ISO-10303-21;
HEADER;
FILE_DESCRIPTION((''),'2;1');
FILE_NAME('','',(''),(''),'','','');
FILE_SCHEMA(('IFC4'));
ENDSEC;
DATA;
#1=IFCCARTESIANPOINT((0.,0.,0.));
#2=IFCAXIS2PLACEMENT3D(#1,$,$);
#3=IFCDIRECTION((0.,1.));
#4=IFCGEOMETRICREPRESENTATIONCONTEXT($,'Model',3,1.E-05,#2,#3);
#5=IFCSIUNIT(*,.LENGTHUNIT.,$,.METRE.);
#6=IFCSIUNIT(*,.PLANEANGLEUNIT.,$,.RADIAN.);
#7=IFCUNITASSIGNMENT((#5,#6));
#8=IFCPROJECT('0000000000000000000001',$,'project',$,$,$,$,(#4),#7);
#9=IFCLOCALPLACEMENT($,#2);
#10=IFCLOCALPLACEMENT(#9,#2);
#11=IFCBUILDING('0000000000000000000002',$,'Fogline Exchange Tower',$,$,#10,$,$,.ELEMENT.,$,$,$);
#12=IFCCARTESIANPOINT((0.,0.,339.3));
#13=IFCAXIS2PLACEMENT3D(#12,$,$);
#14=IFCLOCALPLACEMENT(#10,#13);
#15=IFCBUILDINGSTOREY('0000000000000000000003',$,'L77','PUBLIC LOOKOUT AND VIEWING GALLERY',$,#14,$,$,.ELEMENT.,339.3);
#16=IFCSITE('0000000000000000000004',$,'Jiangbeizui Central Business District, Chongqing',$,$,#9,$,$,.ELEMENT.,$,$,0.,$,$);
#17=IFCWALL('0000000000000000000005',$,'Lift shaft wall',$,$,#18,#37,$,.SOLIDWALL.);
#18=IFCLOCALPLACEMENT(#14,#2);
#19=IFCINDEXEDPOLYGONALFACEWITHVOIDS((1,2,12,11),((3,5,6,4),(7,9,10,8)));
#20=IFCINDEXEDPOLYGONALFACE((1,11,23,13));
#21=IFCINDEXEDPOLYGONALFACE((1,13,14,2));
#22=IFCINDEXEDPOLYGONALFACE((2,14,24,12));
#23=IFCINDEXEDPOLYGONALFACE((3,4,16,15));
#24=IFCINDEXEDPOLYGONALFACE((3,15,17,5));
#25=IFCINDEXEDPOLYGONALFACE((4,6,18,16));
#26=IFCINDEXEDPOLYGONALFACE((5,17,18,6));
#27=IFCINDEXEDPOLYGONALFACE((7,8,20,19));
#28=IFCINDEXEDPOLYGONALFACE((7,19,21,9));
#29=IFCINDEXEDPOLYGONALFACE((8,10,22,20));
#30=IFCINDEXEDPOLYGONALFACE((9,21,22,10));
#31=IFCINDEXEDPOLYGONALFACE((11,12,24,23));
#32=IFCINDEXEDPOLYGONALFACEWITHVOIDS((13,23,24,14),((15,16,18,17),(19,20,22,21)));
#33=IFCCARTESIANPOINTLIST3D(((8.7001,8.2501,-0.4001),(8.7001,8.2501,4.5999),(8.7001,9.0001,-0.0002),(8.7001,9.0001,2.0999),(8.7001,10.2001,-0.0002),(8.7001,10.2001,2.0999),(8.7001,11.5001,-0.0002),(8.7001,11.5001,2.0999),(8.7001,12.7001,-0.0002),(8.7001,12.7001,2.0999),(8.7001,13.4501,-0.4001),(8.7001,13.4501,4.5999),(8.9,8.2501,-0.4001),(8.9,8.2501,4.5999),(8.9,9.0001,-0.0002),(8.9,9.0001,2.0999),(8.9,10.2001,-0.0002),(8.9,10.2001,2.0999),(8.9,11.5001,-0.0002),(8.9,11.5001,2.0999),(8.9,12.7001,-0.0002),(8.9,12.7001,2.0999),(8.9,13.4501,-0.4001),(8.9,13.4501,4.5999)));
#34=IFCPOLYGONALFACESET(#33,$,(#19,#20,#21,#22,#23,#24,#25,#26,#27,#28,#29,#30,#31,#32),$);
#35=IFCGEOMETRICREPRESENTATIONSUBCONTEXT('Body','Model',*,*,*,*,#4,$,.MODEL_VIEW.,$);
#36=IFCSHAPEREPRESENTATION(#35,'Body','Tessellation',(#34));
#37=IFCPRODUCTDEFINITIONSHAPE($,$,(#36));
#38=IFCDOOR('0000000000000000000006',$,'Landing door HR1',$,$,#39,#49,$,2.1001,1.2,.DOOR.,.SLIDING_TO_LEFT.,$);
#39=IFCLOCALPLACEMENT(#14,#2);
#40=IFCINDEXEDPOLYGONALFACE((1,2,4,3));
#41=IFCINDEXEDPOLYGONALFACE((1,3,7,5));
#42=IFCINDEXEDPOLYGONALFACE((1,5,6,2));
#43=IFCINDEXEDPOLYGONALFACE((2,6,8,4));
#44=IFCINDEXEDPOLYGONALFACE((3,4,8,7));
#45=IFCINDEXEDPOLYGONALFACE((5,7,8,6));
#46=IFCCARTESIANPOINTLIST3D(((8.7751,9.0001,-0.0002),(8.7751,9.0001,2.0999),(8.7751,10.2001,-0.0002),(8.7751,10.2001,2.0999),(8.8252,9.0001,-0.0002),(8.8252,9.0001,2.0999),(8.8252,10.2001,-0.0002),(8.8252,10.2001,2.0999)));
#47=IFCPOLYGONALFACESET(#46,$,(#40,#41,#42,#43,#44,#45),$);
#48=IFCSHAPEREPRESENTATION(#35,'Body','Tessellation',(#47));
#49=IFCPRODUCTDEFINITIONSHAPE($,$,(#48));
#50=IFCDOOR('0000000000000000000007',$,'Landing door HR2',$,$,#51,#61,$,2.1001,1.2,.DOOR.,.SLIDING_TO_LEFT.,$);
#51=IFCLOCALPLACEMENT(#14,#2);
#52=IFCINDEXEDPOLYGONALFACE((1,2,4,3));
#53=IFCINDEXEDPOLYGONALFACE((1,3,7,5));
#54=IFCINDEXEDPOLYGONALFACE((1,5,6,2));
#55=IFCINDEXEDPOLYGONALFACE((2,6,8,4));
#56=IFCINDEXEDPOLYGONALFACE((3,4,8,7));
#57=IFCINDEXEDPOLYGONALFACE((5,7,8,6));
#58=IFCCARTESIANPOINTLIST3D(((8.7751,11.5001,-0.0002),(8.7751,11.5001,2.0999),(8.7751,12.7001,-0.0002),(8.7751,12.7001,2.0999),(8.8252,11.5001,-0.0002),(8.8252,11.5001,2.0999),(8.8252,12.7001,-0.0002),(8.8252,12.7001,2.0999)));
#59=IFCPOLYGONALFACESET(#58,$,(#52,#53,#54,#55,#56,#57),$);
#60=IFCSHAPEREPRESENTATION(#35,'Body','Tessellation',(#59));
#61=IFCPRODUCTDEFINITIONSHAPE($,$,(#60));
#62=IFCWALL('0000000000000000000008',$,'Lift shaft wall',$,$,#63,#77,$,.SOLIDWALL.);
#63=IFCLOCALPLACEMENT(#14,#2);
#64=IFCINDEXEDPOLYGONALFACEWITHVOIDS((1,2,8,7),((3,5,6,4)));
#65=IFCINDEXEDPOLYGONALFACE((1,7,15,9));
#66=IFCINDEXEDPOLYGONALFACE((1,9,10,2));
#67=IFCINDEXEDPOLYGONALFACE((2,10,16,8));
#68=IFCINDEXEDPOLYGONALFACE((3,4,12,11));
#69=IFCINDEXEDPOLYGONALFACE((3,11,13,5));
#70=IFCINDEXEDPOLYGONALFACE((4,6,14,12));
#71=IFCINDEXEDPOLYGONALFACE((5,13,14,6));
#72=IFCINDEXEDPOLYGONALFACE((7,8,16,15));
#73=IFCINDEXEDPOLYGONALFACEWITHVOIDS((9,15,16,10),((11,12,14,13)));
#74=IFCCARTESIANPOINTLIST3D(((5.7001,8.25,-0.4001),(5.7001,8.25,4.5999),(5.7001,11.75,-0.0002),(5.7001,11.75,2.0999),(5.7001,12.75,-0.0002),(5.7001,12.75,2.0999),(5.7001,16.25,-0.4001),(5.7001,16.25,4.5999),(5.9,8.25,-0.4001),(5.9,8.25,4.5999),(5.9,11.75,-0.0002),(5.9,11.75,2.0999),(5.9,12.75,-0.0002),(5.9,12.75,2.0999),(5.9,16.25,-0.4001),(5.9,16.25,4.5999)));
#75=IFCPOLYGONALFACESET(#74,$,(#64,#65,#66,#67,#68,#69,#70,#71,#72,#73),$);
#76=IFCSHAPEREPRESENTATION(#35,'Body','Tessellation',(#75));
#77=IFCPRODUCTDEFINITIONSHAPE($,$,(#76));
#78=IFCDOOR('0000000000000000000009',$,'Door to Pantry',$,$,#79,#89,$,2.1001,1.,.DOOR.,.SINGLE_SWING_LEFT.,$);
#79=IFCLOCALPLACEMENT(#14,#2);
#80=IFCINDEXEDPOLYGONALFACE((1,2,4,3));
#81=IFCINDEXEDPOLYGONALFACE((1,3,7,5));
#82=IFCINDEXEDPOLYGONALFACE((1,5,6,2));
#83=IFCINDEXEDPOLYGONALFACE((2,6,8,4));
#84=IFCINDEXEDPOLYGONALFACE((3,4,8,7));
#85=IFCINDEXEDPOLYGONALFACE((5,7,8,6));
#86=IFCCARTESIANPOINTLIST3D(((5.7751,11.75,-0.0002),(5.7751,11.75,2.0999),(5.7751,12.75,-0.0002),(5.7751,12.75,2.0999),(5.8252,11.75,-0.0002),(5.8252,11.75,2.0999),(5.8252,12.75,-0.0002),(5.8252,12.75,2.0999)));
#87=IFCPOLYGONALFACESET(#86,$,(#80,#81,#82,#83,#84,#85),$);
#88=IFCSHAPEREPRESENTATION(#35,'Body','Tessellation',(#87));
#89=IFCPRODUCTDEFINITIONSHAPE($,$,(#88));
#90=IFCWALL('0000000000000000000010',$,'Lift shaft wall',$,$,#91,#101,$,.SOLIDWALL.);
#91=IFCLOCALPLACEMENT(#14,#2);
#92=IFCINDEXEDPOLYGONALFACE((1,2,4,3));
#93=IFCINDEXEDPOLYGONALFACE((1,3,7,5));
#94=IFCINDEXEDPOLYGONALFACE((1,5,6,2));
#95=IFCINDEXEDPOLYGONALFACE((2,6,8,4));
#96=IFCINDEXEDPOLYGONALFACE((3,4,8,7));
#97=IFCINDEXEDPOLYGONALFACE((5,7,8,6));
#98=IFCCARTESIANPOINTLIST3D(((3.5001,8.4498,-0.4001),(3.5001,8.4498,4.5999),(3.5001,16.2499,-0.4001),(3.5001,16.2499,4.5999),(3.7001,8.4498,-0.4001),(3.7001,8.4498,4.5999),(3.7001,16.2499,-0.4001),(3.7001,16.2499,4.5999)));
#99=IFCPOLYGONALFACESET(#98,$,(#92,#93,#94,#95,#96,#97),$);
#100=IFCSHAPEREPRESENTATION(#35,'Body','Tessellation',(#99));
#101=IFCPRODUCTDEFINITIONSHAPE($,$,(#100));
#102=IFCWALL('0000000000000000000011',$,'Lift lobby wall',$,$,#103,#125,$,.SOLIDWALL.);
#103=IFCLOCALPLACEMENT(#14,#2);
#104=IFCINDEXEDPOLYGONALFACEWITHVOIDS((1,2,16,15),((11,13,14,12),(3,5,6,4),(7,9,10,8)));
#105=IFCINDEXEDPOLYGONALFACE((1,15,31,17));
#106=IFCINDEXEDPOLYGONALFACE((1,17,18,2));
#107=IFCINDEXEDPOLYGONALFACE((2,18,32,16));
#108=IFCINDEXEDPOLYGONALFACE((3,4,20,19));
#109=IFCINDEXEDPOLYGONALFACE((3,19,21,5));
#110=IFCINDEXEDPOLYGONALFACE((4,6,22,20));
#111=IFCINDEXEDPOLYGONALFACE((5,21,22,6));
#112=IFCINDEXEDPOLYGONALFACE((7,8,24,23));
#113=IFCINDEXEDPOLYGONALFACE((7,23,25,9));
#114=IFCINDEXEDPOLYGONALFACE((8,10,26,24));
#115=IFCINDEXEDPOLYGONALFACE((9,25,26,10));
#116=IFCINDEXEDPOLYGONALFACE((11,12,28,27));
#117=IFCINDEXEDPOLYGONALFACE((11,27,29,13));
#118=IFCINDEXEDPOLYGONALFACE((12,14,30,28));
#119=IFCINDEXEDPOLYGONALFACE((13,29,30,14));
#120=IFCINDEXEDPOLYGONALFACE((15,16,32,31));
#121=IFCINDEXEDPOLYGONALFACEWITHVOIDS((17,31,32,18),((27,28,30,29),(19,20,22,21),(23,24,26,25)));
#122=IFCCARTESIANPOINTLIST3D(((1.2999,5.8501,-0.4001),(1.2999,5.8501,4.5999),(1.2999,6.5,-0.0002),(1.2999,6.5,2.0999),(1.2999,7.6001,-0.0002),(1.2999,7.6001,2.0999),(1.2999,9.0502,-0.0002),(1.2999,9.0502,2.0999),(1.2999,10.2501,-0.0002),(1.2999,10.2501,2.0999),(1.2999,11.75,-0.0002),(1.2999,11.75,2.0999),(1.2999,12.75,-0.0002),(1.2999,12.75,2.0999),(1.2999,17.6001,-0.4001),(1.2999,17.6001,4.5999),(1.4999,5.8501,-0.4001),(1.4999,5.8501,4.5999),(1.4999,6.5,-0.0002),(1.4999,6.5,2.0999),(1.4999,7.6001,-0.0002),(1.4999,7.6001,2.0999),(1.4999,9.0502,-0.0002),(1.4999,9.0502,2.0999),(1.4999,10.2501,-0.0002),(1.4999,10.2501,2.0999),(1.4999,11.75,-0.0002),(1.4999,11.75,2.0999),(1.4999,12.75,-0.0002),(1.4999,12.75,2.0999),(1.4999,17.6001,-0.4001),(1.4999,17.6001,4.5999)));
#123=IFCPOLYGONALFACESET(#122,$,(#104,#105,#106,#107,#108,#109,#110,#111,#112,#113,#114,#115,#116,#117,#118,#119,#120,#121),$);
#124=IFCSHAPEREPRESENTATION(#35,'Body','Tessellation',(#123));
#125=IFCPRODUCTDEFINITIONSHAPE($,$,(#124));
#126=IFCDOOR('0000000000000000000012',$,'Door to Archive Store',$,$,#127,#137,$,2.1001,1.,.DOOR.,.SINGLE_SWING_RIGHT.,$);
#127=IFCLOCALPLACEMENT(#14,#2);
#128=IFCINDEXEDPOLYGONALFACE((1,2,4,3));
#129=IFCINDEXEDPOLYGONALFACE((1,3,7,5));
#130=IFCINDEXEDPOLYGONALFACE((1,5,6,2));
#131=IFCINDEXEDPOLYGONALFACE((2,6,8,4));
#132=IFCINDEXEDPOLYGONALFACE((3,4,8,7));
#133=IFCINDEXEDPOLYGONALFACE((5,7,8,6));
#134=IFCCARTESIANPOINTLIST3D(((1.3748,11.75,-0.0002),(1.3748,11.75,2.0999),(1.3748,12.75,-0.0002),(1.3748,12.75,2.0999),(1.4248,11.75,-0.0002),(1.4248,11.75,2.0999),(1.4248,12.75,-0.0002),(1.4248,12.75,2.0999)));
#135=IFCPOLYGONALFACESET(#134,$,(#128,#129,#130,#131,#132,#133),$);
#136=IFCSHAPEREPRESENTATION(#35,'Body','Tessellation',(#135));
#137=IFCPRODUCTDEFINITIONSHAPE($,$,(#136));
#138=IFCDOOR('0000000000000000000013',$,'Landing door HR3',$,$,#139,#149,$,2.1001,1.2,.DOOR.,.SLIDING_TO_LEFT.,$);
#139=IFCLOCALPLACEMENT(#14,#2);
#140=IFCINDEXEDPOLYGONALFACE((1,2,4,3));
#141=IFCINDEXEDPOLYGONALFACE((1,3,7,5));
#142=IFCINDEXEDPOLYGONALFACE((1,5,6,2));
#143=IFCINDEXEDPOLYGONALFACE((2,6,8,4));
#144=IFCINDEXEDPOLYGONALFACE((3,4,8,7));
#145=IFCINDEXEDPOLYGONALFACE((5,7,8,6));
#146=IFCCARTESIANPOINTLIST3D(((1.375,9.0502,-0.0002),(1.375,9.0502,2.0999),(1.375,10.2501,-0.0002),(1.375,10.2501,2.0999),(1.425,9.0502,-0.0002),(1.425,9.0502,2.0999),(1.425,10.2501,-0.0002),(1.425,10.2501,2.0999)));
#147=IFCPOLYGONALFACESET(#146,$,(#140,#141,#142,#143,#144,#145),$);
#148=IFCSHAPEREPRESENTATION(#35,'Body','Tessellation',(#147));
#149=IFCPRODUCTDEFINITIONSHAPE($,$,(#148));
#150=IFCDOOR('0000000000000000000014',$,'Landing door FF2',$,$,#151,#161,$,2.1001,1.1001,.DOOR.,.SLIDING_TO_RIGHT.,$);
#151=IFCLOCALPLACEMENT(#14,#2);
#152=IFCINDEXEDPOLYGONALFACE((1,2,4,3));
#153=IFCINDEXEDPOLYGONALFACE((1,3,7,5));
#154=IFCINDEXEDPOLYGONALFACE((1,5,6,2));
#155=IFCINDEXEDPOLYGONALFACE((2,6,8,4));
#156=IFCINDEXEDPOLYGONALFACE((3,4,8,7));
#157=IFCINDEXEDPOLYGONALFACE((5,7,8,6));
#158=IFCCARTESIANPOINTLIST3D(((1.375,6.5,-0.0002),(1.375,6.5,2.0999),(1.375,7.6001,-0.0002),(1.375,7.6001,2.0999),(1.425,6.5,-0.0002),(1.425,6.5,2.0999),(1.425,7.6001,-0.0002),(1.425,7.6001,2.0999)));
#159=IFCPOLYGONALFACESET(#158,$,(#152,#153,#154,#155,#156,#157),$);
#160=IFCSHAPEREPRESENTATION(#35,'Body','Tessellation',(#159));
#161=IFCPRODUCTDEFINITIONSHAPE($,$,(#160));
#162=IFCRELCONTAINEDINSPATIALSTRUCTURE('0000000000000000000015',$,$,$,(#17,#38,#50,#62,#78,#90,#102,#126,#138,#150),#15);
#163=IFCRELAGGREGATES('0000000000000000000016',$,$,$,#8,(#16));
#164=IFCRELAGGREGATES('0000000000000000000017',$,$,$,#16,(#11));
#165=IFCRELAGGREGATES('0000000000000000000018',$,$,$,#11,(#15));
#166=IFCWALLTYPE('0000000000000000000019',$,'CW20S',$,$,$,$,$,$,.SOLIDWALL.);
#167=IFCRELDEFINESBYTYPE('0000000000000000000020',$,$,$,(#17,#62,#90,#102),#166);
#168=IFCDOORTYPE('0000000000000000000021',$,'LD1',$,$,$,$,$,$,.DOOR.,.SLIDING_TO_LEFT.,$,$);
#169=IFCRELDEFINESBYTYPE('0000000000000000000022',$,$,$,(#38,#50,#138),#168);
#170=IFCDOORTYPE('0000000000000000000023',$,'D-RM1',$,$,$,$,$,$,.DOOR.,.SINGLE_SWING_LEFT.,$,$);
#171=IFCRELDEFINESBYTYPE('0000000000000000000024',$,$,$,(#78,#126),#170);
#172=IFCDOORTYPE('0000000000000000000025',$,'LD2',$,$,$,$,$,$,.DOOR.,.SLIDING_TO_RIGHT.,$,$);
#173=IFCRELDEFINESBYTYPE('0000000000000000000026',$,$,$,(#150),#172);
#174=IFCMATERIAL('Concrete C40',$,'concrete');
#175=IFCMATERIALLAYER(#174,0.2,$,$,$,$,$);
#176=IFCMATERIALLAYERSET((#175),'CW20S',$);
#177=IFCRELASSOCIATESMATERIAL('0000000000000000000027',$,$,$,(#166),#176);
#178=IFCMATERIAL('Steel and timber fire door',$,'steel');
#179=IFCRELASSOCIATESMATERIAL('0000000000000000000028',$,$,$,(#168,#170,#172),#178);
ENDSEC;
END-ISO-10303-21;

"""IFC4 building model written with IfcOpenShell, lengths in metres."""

from ifc_helpers import new_model, si_unit, direction, frame, frame_2d, origin, place, context, subcontext, project, spatial, rectangle, extrude, material, layer, layer_set, type_object, element, fill, save


model = new_model("IFC4")

# Units and contexts
model_context = context("Model", 3, precision=1e-05, world=origin(), true_north=direction((0.0, 1.0)))
body_context = subcontext(model_context, "Body", "Model", "MODEL_VIEW")
ifc_project = project(units=[si_unit("LENGTHUNIT", "METRE"), si_unit("PLANEANGLEUNIT", "RADIAN")], contexts=[model_context])

# Site, building, storey
site_placement = place(None, origin())
site = spatial("IfcSite", under=ifc_project, at=site_placement, Name="Jiangbeizui Central Business District, Chongqing", CompositionType="ELEMENT", RefElevation=0.0)
building_placement = place(site_placement, origin())
building = spatial("IfcBuilding", under=site, at=building_placement, Name="Fogline Exchange Tower", CompositionType="ELEMENT")
storey_placement = place(building_placement, frame((0.0, 0.0, 339.3)))
storey = spatial("IfcBuildingStorey", under=building, at=storey_placement, Name="L77", Description="PUBLIC LOOKOUT AND VIEWING GALLERY", CompositionType="ELEMENT", Elevation=339.3)

# Shared definitions
ifc_material_1 = material(Name="Steel and timber fire door", Category="steel")

# Shared definitions
ifc_material_2 = material(Name="Concrete C40", Category="concrete")

# Wall, openings, doors
ifc_layer_1 = layer(ifc_material_2, 0.2)
ifc_layer_set_1 = layer_set([ifc_layer_1], Name="CW20S")
wall_type_1 = type_object("IfcWallType", Name="CW20S", PredefinedType="SOLIDWALL", material=ifc_layer_set_1)
wall_1_placement = place(storey_placement, frame((8.8, 8.25, -0.4001), z_axis=(0.0, 0.0, 1.0), x_axis=(0.0, 1.0, 0.0)))
wall_1 = element("IfcWall", 1, at=wall_1_placement, inside=storey, type_object=wall_type_1, Name="Lift shaft wall", PredefinedType="SOLIDWALL", context=body_context, shape_type="SweptSolid", body=[
    extrude(rectangle(XDim=5.2, YDim=0.2, at=frame_2d((2.6001, 0.0))), origin(), (0.0, 0.0, 1.0), 5.0),
])
opening_1_placement = place(wall_1_placement, frame((0.75, 0.0, 0.3999)))
opening_1 = element("IfcOpeningElement", 2, at=opening_1_placement, cuts=wall_1, PredefinedType="OPENING", context=body_context, shape_type="SweptSolid", body=[
    extrude(rectangle(XDim=1.2, YDim=2.1001, at=frame_2d((0.6001, 1.05))), frame((0.0, 0.1099, 0.0), z_axis=(0.0, -1.0, 0.0), x_axis=(1.0, 0.0, 0.0)), (0.0, 0.0, 1.0), 0.22),
])
opening_2_placement = place(wall_1_placement, frame((3.25, 0.0, 0.3999)))
opening_2 = element("IfcOpeningElement", 3, at=opening_2_placement, cuts=wall_1, PredefinedType="OPENING", context=body_context, shape_type="SweptSolid", body=[
    extrude(rectangle(XDim=1.2, YDim=2.1001, at=frame_2d((0.6001, 1.05))), frame((0.0, 0.1099, 0.0), z_axis=(0.0, -1.0, 0.0), x_axis=(1.0, 0.0, 0.0)), (0.0, 0.0, 1.0), 0.22),
])
door_type_1 = type_object("IfcDoorType", Name="LD1", OperationType="SLIDING_TO_LEFT", PredefinedType="DOOR", material=ifc_material_1)
door_1_placement = place(opening_1_placement, origin())
door_1 = element("IfcDoor", 4, at=door_1_placement, inside=storey, type_object=door_type_1, Name="Landing door HR1", OperationType="SLIDING_TO_LEFT", OverallHeight=2.1001, OverallWidth=1.2, PredefinedType="DOOR", context=body_context, shape_type="SweptSolid", body=[
    extrude(rectangle(XDim=1.2, YDim=2.1001, at=frame_2d((0.6001, 1.05))), frame((0.0, 0.0249, 0.0), z_axis=(0.0, -1.0, 0.0), x_axis=(1.0, 0.0, 0.0)), (0.0, 0.0, 1.0), 0.05),
])
fill(opening_1, door_1)
door_2_placement = place(opening_2_placement, origin())
door_2 = element("IfcDoor", 5, at=door_2_placement, inside=storey, type_object=door_type_1, Name="Landing door HR2", OperationType="SLIDING_TO_LEFT", OverallHeight=2.1001, OverallWidth=1.2, PredefinedType="DOOR", context=body_context, shape_type="SweptSolid", body=[
    extrude(rectangle(XDim=1.2, YDim=2.1001, at=frame_2d((0.6001, 1.05))), frame((0.0, 0.0249, 0.0), z_axis=(0.0, -1.0, 0.0), x_axis=(1.0, 0.0, 0.0)), (0.0, 0.0, 1.0), 0.05),
])
fill(opening_2, door_2)

# Wall, opening, door
wall_2_placement = place(storey_placement, frame((5.8, 8.25, -0.4001), z_axis=(0.0, 0.0, 1.0), x_axis=(0.0, 1.0, 0.0)))
wall_2 = element("IfcWall", 6, at=wall_2_placement, inside=storey, type_object=wall_type_1, Name="Lift shaft wall", PredefinedType="SOLIDWALL", context=body_context, shape_type="SweptSolid", body=[
    extrude(rectangle(XDim=8.0, YDim=0.2, at=frame_2d((4.0, 0.0))), origin(), (0.0, 0.0, 1.0), 5.0),
])
opening_3_placement = place(wall_2_placement, frame((3.5, 0.0, 0.3999)))
opening_3 = element("IfcOpeningElement", 7, at=opening_3_placement, cuts=wall_2, PredefinedType="OPENING", context=body_context, shape_type="SweptSolid", body=[
    extrude(rectangle(XDim=1.0, YDim=2.1001, at=frame_2d((0.5, 1.05))), frame((0.0, 0.1099, 0.0), z_axis=(0.0, -1.0, 0.0), x_axis=(1.0, 0.0, 0.0)), (0.0, 0.0, 1.0), 0.22),
])
door_type_2 = type_object("IfcDoorType", Name="D-RM1", OperationType="SINGLE_SWING_LEFT", PredefinedType="DOOR", material=ifc_material_1)
door_3_placement = place(opening_3_placement, origin())
door_3 = element("IfcDoor", 8, at=door_3_placement, inside=storey, type_object=door_type_2, Name="Door to Pantry", OperationType="SINGLE_SWING_LEFT", OverallHeight=2.1001, OverallWidth=1.0, PredefinedType="DOOR", context=body_context, shape_type="SweptSolid", body=[
    extrude(rectangle(XDim=1.0, YDim=2.1001, at=frame_2d((0.5, 1.05))), frame((0.0, 0.0249, 0.0), z_axis=(0.0, -1.0, 0.0), x_axis=(1.0, 0.0, 0.0)), (0.0, 0.0, 1.0), 0.05),
])
fill(opening_3, door_3)

# Wall
wall_3_placement = place(storey_placement, frame((3.6001, 8.45, -0.4001), z_axis=(0.0, 0.0, 1.0), x_axis=(0.0, 1.0, 0.0)))
element("IfcWall", 9, at=wall_3_placement, inside=storey, type_object=wall_type_1, Name="Lift shaft wall", PredefinedType="SOLIDWALL", context=body_context, shape_type="SweptSolid", body=[
    extrude(rectangle(XDim=7.8, YDim=0.2, at=frame_2d((3.8999, 0.0))), origin(), (0.0, 0.0, 1.0), 5.0),
])

# Wall, openings, doors
wall_4_placement = place(storey_placement, frame((1.3999, 5.8501, -0.4001), z_axis=(0.0, 0.0, 1.0), x_axis=(0.0, 1.0, 0.0)))
wall_4 = element("IfcWall", 10, at=wall_4_placement, inside=storey, type_object=wall_type_1, Name="Lift lobby wall", PredefinedType="SOLIDWALL", context=body_context, shape_type="SweptSolid", body=[
    extrude(rectangle(XDim=11.75, YDim=0.2, at=frame_2d((5.875, 0.0))), origin(), (0.0, 0.0, 1.0), 5.0),
])
opening_4_placement = place(wall_4_placement, frame((3.2, 0.0, 0.3999)))
opening_4 = element("IfcOpeningElement", 11, at=opening_4_placement, cuts=wall_4, PredefinedType="OPENING", context=body_context, shape_type="SweptSolid", body=[
    extrude(rectangle(XDim=1.2, YDim=2.1001, at=frame_2d((0.6001, 1.05))), frame((0.0, 0.1099, 0.0), z_axis=(0.0, -1.0, 0.0), x_axis=(1.0, 0.0, 0.0)), (0.0, 0.0, 1.0), 0.22),
])
opening_5_placement = place(wall_4_placement, frame((0.6499, 0.0, 0.3999)))
opening_5 = element("IfcOpeningElement", 12, at=opening_5_placement, cuts=wall_4, PredefinedType="OPENING", context=body_context, shape_type="SweptSolid", body=[
    extrude(rectangle(XDim=1.1001, YDim=2.1001, at=frame_2d((0.55, 1.05))), frame((0.0, 0.1099, 0.0), z_axis=(0.0, -1.0, 0.0), x_axis=(1.0, 0.0, 0.0)), (0.0, 0.0, 1.0), 0.22),
])
opening_6_placement = place(wall_4_placement, frame((5.8999, 0.0, 0.3999)))
opening_6 = element("IfcOpeningElement", 13, at=opening_6_placement, cuts=wall_4, PredefinedType="OPENING", context=body_context, shape_type="SweptSolid", body=[
    extrude(rectangle(XDim=1.0, YDim=2.1001, at=frame_2d((0.5, 1.05))), frame((0.0, 0.1099, 0.0), z_axis=(0.0, -1.0, 0.0), x_axis=(1.0, 0.0, 0.0)), (0.0, 0.0, 1.0), 0.22),
])
door_4_placement = place(opening_6_placement, frame((1.0, 0.0, 0.0), z_axis=(0.0, 0.0, 1.0), x_axis=(-1.0, 0.0, 0.0)))
door_4 = element("IfcDoor", 14, at=door_4_placement, inside=storey, type_object=door_type_2, Name="Door to Archive Store", OperationType="SINGLE_SWING_RIGHT", OverallHeight=2.1001, OverallWidth=1.0, PredefinedType="DOOR", context=body_context, shape_type="SweptSolid", body=[
    extrude(rectangle(XDim=1.0, YDim=2.1001, at=frame_2d((0.5, 1.05))), frame((0.0, 0.0249, 0.0), z_axis=(0.0, -1.0, 0.0), x_axis=(1.0, 0.0, 0.0)), (0.0, 0.0, 1.0), 0.05),
])
fill(opening_6, door_4)
door_5_placement = place(opening_4_placement, origin())
door_5 = element("IfcDoor", 15, at=door_5_placement, inside=storey, type_object=door_type_1, Name="Landing door HR3", OperationType="SLIDING_TO_LEFT", OverallHeight=2.1001, OverallWidth=1.2, PredefinedType="DOOR", context=body_context, shape_type="SweptSolid", body=[
    extrude(rectangle(XDim=1.2, YDim=2.1001, at=frame_2d((0.6001, 1.05))), frame((0.0, 0.0249, 0.0), z_axis=(0.0, -1.0, 0.0), x_axis=(1.0, 0.0, 0.0)), (0.0, 0.0, 1.0), 0.05),
])
fill(opening_4, door_5)
door_type_3 = type_object("IfcDoorType", Name="LD2", OperationType="SLIDING_TO_RIGHT", PredefinedType="DOOR", material=ifc_material_1)
door_6_placement = place(opening_5_placement, origin())
door_6 = element("IfcDoor", 16, at=door_6_placement, inside=storey, type_object=door_type_3, Name="Landing door FF2", OperationType="SLIDING_TO_RIGHT", OverallHeight=2.1001, OverallWidth=1.1001, PredefinedType="DOOR", context=body_context, shape_type="SweptSolid", body=[
    extrude(rectangle(XDim=1.1001, YDim=2.1001, at=frame_2d((0.55, 1.05))), frame((0.0, 0.0249, 0.0), z_axis=(0.0, -1.0, 0.0), x_axis=(1.0, 0.0, 0.0)), (0.0, 0.0, 1.0), 0.05),
])
fill(opening_5, door_6)

save(model, "model.ifc")
